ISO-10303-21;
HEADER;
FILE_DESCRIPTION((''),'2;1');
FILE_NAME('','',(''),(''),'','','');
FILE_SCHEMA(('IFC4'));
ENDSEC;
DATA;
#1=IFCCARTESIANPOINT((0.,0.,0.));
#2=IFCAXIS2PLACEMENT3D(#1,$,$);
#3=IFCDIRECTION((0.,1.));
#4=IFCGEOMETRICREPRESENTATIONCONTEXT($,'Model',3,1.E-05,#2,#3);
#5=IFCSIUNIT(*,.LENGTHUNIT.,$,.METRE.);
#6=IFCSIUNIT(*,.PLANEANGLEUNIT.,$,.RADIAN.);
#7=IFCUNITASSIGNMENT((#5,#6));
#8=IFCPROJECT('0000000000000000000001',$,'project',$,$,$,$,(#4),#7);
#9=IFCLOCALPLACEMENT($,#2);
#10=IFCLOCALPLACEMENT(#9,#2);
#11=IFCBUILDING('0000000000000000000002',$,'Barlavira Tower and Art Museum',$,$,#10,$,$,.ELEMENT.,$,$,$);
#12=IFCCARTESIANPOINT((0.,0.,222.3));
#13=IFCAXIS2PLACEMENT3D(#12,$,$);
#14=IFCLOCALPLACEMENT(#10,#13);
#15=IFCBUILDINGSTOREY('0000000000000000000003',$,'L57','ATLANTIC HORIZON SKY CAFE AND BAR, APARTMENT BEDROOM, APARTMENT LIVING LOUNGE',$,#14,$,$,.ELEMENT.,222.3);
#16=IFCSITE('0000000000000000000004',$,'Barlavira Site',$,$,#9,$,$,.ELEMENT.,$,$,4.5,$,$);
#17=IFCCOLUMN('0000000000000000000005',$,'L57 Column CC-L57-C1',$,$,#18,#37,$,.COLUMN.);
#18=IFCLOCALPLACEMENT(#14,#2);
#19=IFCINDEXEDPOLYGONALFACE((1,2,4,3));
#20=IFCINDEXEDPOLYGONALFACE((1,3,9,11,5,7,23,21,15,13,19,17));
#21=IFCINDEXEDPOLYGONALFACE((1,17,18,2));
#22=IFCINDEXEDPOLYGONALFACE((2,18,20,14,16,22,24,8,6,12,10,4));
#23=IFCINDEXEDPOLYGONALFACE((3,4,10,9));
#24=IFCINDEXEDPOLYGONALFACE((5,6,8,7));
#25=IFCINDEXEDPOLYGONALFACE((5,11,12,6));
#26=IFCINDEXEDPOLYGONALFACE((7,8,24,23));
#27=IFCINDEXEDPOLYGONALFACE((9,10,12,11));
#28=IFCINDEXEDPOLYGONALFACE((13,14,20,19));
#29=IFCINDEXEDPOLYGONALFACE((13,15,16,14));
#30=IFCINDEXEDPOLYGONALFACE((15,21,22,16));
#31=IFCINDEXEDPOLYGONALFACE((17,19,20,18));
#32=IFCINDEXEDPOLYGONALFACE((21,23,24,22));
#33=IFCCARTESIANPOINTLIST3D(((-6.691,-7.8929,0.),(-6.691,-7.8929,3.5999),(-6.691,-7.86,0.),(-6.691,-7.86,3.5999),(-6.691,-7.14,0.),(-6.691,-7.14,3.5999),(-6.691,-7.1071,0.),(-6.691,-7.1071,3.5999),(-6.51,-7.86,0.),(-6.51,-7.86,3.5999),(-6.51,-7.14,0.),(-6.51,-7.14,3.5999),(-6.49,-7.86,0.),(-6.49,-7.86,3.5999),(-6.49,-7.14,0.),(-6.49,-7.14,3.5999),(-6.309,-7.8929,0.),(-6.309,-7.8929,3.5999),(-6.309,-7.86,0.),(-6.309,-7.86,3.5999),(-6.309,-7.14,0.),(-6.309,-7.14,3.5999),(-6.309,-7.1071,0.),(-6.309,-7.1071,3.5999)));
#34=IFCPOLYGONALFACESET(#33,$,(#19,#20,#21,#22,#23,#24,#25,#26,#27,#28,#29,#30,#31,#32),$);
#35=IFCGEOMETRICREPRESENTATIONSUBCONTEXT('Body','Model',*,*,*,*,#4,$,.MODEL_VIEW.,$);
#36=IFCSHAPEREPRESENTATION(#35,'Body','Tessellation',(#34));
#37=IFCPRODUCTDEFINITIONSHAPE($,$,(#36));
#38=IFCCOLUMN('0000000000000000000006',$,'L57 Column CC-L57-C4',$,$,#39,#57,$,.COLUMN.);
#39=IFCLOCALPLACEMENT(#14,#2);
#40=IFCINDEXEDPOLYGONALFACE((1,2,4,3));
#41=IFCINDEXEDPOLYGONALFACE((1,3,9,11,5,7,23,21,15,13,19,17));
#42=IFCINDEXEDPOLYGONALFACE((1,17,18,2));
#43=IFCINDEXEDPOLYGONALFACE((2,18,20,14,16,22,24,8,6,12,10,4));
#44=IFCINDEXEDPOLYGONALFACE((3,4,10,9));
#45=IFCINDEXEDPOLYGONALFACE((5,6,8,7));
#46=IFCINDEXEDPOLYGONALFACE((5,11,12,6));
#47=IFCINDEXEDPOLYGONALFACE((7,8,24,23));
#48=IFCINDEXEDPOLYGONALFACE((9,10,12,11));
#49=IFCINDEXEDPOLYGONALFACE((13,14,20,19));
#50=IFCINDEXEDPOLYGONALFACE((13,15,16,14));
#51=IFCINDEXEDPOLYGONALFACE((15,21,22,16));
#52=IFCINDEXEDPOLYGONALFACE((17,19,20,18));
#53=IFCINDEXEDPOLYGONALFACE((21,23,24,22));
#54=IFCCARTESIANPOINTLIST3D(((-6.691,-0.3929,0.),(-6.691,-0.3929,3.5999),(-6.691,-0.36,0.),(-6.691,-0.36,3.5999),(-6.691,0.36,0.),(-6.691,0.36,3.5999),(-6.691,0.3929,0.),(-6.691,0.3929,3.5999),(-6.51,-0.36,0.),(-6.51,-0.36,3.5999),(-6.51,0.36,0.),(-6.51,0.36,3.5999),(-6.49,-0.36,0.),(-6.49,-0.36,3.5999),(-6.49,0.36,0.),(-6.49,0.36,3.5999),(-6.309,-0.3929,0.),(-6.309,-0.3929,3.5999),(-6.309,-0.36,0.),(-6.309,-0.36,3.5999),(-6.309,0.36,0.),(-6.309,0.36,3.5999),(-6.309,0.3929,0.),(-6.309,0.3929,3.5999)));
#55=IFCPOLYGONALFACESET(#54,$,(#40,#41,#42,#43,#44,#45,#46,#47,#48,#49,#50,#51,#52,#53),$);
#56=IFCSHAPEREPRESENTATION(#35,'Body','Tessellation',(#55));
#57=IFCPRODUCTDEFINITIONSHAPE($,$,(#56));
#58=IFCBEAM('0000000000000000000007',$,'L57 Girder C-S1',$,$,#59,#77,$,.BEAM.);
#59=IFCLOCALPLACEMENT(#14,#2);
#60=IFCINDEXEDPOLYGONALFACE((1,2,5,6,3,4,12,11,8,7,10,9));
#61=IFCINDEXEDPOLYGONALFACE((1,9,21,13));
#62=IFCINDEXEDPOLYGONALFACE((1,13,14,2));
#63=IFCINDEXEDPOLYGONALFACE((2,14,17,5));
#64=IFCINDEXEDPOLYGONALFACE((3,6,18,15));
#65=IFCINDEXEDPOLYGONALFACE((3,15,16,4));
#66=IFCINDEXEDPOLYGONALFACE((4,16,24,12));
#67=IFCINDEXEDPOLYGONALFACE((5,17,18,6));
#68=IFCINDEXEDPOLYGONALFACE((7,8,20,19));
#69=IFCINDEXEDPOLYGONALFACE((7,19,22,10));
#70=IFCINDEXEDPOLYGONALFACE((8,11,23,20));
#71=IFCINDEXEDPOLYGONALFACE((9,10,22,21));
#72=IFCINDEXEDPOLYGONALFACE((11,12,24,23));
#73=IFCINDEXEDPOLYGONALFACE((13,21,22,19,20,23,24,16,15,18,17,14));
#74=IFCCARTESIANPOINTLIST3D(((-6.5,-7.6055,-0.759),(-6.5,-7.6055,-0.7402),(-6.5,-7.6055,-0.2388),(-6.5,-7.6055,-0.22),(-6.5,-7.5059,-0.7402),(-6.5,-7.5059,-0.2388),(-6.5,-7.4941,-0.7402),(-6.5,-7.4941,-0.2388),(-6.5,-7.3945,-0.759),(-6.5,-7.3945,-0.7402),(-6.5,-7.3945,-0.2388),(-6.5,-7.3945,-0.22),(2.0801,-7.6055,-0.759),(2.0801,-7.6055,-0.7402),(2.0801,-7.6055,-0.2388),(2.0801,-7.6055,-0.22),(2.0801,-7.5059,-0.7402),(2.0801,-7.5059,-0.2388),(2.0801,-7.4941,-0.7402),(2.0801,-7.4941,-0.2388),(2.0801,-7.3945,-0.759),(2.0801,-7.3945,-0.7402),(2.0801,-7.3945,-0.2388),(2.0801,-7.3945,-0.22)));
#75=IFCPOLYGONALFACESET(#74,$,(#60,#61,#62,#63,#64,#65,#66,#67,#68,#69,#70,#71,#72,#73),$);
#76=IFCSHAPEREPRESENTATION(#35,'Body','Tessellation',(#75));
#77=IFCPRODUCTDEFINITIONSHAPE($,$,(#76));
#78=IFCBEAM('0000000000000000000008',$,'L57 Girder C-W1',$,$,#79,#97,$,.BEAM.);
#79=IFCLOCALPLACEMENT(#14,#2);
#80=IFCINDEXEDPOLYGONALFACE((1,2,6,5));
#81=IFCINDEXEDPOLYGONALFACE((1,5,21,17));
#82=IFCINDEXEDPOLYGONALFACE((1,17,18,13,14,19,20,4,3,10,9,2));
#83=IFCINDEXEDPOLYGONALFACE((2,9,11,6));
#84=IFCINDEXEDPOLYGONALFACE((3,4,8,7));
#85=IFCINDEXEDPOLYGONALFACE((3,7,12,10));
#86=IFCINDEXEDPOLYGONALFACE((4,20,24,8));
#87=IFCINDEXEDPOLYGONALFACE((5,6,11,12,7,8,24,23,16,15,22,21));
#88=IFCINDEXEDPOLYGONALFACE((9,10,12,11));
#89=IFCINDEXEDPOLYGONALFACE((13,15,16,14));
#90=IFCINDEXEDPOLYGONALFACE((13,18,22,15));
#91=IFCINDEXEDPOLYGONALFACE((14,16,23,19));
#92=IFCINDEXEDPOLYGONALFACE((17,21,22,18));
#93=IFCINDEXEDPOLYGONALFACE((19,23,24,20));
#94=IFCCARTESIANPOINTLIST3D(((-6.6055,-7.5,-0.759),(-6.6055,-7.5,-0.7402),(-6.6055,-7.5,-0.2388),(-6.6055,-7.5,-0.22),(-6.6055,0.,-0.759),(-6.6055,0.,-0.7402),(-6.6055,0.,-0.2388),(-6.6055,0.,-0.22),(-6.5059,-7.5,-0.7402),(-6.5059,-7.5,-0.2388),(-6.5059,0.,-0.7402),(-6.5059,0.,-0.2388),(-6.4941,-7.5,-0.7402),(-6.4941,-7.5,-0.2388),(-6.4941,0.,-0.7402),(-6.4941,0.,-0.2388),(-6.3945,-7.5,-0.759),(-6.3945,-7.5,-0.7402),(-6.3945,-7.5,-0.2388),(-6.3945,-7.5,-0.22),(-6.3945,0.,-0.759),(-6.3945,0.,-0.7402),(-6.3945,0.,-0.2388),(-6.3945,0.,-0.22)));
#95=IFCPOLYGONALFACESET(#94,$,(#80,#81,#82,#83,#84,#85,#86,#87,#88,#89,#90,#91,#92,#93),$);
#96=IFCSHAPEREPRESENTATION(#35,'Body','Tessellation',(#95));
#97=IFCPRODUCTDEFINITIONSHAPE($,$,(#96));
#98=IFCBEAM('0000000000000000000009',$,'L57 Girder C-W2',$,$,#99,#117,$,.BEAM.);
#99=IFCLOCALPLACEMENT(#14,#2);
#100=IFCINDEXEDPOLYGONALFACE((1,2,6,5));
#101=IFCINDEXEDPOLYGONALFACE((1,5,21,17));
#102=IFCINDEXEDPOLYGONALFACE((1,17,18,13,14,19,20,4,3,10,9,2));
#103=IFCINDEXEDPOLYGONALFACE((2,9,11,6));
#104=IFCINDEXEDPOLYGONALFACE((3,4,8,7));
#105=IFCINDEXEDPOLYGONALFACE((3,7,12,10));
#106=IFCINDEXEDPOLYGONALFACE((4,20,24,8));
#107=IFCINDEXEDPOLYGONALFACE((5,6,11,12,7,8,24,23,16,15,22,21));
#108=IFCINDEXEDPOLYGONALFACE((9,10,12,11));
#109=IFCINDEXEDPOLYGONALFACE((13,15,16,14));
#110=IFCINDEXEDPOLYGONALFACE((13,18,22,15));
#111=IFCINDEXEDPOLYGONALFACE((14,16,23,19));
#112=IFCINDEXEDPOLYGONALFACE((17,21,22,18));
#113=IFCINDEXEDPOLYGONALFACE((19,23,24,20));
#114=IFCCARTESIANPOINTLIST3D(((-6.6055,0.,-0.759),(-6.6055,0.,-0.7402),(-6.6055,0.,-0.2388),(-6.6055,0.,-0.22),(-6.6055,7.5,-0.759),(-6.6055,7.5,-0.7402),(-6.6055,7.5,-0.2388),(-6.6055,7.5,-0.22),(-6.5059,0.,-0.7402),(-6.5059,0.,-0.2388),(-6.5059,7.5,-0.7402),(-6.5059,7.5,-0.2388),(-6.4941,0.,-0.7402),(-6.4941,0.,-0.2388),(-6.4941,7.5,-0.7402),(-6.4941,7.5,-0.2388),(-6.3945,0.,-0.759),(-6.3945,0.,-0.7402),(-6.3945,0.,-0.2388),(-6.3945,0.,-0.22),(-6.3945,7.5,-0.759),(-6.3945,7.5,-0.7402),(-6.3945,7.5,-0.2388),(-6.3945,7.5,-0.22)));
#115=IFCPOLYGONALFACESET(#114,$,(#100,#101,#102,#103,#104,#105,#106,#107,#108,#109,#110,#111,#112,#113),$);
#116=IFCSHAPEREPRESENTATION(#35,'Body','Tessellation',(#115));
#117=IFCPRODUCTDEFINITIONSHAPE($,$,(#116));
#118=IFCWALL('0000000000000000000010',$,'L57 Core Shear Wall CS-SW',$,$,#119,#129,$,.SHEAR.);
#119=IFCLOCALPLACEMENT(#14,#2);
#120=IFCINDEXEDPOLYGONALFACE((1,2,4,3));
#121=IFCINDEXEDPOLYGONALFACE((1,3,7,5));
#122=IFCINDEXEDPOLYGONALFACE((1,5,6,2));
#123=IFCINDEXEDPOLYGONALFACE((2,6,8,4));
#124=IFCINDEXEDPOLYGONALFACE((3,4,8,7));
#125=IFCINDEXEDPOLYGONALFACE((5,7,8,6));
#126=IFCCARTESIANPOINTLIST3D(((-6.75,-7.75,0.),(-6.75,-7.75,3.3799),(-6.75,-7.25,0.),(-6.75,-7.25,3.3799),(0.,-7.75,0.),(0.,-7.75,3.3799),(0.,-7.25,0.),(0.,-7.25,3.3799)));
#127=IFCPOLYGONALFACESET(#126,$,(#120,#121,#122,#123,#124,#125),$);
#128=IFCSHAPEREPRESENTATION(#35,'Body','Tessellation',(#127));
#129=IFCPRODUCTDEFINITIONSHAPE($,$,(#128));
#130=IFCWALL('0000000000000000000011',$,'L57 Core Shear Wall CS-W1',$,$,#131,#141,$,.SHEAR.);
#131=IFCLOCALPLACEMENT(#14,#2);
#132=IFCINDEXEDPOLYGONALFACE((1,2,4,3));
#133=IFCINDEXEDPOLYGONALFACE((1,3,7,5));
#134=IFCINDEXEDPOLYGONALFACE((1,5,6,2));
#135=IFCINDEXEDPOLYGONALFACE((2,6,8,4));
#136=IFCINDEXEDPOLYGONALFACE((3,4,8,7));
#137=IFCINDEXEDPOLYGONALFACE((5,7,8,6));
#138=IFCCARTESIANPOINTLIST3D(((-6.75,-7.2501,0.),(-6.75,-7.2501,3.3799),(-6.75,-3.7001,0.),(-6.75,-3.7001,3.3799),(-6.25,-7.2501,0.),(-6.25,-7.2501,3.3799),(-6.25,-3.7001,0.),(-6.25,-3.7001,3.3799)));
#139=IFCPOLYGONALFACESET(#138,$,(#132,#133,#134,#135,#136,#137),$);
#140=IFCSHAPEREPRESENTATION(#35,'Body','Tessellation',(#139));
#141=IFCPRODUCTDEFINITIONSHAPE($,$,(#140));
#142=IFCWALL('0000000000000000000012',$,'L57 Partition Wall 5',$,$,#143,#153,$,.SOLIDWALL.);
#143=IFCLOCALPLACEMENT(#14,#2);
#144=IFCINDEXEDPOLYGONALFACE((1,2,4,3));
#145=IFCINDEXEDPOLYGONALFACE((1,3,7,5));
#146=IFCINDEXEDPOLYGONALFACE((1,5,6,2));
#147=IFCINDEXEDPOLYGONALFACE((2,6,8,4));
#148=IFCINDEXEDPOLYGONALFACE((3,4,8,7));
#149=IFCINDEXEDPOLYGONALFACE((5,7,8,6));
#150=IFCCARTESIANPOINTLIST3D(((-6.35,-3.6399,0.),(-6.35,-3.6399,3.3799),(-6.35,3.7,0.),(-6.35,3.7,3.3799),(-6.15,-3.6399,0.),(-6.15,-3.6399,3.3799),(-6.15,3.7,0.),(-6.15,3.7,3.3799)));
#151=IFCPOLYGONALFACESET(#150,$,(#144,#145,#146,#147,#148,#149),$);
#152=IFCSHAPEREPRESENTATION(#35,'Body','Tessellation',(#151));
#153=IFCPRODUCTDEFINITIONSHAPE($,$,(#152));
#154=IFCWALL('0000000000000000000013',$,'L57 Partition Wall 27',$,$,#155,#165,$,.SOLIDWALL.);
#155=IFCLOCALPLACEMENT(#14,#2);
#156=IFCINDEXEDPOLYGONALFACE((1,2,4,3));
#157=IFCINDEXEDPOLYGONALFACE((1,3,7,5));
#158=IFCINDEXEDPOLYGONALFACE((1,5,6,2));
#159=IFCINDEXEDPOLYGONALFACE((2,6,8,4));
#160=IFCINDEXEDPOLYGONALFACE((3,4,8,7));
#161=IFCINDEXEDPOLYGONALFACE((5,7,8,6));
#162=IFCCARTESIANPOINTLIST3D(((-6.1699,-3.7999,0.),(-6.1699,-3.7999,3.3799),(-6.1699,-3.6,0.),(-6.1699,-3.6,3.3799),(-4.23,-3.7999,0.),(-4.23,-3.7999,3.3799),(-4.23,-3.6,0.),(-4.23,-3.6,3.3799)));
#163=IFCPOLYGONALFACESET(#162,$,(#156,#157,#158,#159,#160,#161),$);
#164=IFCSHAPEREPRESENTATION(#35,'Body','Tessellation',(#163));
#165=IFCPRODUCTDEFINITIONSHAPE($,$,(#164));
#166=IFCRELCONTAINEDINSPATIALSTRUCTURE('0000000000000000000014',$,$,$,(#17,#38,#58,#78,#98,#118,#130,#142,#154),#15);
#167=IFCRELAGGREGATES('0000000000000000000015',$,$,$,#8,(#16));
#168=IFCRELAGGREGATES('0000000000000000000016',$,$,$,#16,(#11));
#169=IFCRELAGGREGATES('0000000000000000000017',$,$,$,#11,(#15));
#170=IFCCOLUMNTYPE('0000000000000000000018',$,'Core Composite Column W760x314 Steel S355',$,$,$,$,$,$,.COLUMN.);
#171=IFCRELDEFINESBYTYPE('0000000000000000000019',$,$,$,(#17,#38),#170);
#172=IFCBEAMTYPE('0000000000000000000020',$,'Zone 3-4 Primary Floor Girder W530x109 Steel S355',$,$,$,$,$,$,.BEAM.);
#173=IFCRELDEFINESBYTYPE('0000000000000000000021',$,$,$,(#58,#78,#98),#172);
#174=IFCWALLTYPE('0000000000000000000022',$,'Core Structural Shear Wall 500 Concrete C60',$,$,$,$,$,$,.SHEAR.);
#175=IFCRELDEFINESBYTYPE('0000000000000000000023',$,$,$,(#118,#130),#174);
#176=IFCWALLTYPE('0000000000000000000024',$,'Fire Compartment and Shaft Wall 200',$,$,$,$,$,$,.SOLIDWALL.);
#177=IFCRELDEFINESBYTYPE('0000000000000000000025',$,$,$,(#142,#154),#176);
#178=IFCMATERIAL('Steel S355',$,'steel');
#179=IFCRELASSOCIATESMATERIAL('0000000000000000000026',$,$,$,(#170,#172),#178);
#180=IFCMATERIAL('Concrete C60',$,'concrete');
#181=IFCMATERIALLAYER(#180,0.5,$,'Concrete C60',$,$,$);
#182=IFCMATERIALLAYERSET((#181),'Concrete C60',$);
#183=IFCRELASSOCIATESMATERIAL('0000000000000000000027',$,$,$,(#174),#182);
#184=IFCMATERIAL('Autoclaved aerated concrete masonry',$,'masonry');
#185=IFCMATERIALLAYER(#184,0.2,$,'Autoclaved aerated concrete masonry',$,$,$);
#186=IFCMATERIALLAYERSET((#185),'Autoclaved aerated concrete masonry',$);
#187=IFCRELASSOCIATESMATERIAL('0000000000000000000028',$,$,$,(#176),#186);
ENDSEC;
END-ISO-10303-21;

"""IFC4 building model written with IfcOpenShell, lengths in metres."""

from ifc_helpers import new_model, si_unit, direction, frame, frame_2d, origin, origin_2d, place, context, subcontext, project, spatial, rectangle, i_section, extrude, material, layer, layer_set, material_profile, profile_set, type_object, element, save


model = new_model("IFC4")

# Units and contexts
model_context = context("Model", 3, precision=1e-05, world=origin(), true_north=direction((0.0, 1.0)))
body_context = subcontext(model_context, "Body", "Model", "MODEL_VIEW")
ifc_project = project(units=[si_unit("LENGTHUNIT", "METRE"), si_unit("PLANEANGLEUNIT", "RADIAN")], contexts=[model_context])

# Site, building, storey
site_placement = place(None, origin())
site = spatial("IfcSite", under=ifc_project, at=site_placement, Name="Barlavira Site", CompositionType="ELEMENT", RefElevation=4.5)
building_placement = place(site_placement, origin())
building = spatial("IfcBuilding", under=site, at=building_placement, Name="Barlavira Tower and Art Museum", CompositionType="ELEMENT")
storey_placement = place(building_placement, frame((0.0, 0.0, 222.3)))
storey = spatial("IfcBuildingStorey", under=building, at=storey_placement, Name="L57", Description="ATLANTIC HORIZON SKY CAFE AND BAR, APARTMENT BEDROOM, APARTMENT LIVING LOUNGE", CompositionType="ELEMENT", Elevation=222.3)

# Columns
ifc_material_1 = material(Name="Steel S355", Category="steel")
ifc_material_profile_1 = material_profile(ifc_material_1, i_section(OverallWidth=0.3821, OverallDepth=0.7859, WebThickness=0.02, FlangeThickness=0.033, at=origin_2d()), Name="W760x314.0")
ifc_profile_set_1 = profile_set([ifc_material_profile_1], Name="Steel S355")
column_type = type_object("IfcColumnType", Name="Core Composite Column W760x314 Steel S355", PredefinedType="COLUMN", material=ifc_profile_set_1)
for number, where, z_axis, x_axis, name in (
    (1, (-6.5, -7.5, 0.0), (0.0, 0.0, 1.0), (1.0, 0.0, 0.0), "L57 Column CC-L57-C1"),
    (2, (-6.5, 0.0, 0.0), (0.0, 0.0, 1.0), (1.0, 0.0, 0.0), "L57 Column CC-L57-C4"),
):
    element("IfcColumn", number, at=place(storey_placement, frame(where, z_axis=z_axis, x_axis=x_axis)), inside=storey, type_object=column_type, Name=name, PredefinedType="COLUMN", context=body_context, shape_type="SweptSolid", body=[
        extrude(i_section(OverallWidth=0.3821, OverallDepth=0.7859, WebThickness=0.02, FlangeThickness=0.033, at=origin_2d()), origin(), (0.0, 0.0, 1.0), 3.5999),
    ])

# Beams
ifc_material_profile_2 = material_profile(ifc_material_1, i_section(OverallWidth=0.2109, OverallDepth=0.5391, WebThickness=0.0117, FlangeThickness=0.0188, at=origin_2d()), Name="W530x109.0")
ifc_profile_set_2 = profile_set([ifc_material_profile_2], Name="Steel S355")
beam_type = type_object("IfcBeamType", Name="Zone 3-4 Primary Floor Girder W530x109 Steel S355", PredefinedType="BEAM", material=ifc_profile_set_2)
beam_placement = place(storey_placement, frame((-6.5, -7.5, -0.4895), z_axis=(1.0, 0.0, 0.0), x_axis=(0.0, 1.0, 0.0)))
element("IfcBeam", 3, at=beam_placement, inside=storey, type_object=beam_type, Name="L57 Girder C-S1", PredefinedType="BEAM", context=body_context, shape_type="SweptSolid", body=[
    extrude(i_section(OverallWidth=0.2109, OverallDepth=0.5391, WebThickness=0.0117, FlangeThickness=0.0188, at=origin_2d()), origin(), (0.0, 0.0, 1.0), 8.5801),
])
for number, where, z_axis, x_axis, name in (
    (4, (-6.5, -7.5, -0.4895), (0.0, 1.0, 0.0), (-1.0, 0.0, 0.0), "L57 Girder C-W1"),
    (5, (-6.5, 0.0, -0.4895), (0.0, 1.0, 0.0), (-1.0, 0.0, 0.0), "L57 Girder C-W2"),
):
    element("IfcBeam", number, at=place(storey_placement, frame(where, z_axis=z_axis, x_axis=x_axis)), inside=storey, type_object=beam_type, Name=name, PredefinedType="BEAM", context=body_context, shape_type="SweptSolid", body=[
        extrude(i_section(OverallWidth=0.2109, OverallDepth=0.5391, WebThickness=0.0117, FlangeThickness=0.0188, at=origin_2d()), origin(), (0.0, 0.0, 1.0), 7.5),
    ])

# Walls
ifc_material_2 = material(Name="Concrete C60", Category="concrete")
ifc_layer_1 = layer(ifc_material_2, 0.5, Name="Concrete C60")
ifc_layer_set_1 = layer_set([ifc_layer_1], Name="Concrete C60")
wall_type_1 = type_object("IfcWallType", Name="Core Structural Shear Wall 500 Concrete C60", PredefinedType="SHEAR", material=ifc_layer_set_1)
wall_1_placement = place(storey_placement, frame((-6.75, -7.5, 0.0), z_axis=(0.0, 0.0, 1.0), x_axis=(1.0, 0.0, 0.0)))
element("IfcWall", 6, at=wall_1_placement, inside=storey, type_object=wall_type_1, Name="L57 Core Shear Wall CS-SW", PredefinedType="SHEAR", context=body_context, shape_type="SweptSolid", body=[
    extrude(rectangle(XDim=6.75, YDim=0.5, at=frame_2d((3.375, 0.0))), origin(), (0.0, 0.0, 1.0), 3.3799),
])
wall_2_placement = place(storey_placement, frame((-6.5, -7.25, 0.0), z_axis=(0.0, 0.0, 1.0), x_axis=(0.0, 1.0, 0.0)))
element("IfcWall", 7, at=wall_2_placement, inside=storey, type_object=wall_type_1, Name="L57 Core Shear Wall CS-W1", PredefinedType="SHEAR", context=body_context, shape_type="SweptSolid", body=[
    extrude(rectangle(XDim=3.55, YDim=0.5, at=frame_2d((1.7749, 0.0))), origin(), (0.0, 0.0, 1.0), 3.3799),
])
ifc_material_3 = material(Name="Autoclaved aerated concrete masonry", Category="masonry")
ifc_layer_2 = layer(ifc_material_3, 0.2, Name="Autoclaved aerated concrete masonry")
ifc_layer_set_2 = layer_set([ifc_layer_2], Name="Autoclaved aerated concrete masonry")
wall_type_2 = type_object("IfcWallType", Name="Fire Compartment and Shaft Wall 200", PredefinedType="SOLIDWALL", material=ifc_layer_set_2)
wall_3_placement = place(storey_placement, frame((-6.25, -3.6399, 0.0), z_axis=(0.0, 0.0, 1.0), x_axis=(0.0, 1.0, 0.0)))
element("IfcWall", 8, at=wall_3_placement, inside=storey, type_object=wall_type_2, Name="L57 Partition Wall 5", PredefinedType="SOLIDWALL", context=body_context, shape_type="SweptSolid", body=[
    extrude(rectangle(XDim=7.3398, YDim=0.2, at=frame_2d((3.6699, 0.0))), origin(), (0.0, 0.0, 1.0), 3.3799),
])

# Wall
wall_4_placement = place(storey_placement, frame((-6.1699, -3.7, 0.0), z_axis=(0.0, 0.0, 1.0), x_axis=(1.0, 0.0, 0.0)))
element("IfcWall", 9, at=wall_4_placement, inside=storey, type_object=wall_type_2, Name="L57 Partition Wall 27", PredefinedType="SOLIDWALL", context=body_context, shape_type="SweptSolid", body=[
    extrude(rectangle(XDim=1.9399, YDim=0.2, at=frame_2d((0.97, 0.0))), origin(), (0.0, 0.0, 1.0), 3.3799),
])

save(model, "model.ifc")
